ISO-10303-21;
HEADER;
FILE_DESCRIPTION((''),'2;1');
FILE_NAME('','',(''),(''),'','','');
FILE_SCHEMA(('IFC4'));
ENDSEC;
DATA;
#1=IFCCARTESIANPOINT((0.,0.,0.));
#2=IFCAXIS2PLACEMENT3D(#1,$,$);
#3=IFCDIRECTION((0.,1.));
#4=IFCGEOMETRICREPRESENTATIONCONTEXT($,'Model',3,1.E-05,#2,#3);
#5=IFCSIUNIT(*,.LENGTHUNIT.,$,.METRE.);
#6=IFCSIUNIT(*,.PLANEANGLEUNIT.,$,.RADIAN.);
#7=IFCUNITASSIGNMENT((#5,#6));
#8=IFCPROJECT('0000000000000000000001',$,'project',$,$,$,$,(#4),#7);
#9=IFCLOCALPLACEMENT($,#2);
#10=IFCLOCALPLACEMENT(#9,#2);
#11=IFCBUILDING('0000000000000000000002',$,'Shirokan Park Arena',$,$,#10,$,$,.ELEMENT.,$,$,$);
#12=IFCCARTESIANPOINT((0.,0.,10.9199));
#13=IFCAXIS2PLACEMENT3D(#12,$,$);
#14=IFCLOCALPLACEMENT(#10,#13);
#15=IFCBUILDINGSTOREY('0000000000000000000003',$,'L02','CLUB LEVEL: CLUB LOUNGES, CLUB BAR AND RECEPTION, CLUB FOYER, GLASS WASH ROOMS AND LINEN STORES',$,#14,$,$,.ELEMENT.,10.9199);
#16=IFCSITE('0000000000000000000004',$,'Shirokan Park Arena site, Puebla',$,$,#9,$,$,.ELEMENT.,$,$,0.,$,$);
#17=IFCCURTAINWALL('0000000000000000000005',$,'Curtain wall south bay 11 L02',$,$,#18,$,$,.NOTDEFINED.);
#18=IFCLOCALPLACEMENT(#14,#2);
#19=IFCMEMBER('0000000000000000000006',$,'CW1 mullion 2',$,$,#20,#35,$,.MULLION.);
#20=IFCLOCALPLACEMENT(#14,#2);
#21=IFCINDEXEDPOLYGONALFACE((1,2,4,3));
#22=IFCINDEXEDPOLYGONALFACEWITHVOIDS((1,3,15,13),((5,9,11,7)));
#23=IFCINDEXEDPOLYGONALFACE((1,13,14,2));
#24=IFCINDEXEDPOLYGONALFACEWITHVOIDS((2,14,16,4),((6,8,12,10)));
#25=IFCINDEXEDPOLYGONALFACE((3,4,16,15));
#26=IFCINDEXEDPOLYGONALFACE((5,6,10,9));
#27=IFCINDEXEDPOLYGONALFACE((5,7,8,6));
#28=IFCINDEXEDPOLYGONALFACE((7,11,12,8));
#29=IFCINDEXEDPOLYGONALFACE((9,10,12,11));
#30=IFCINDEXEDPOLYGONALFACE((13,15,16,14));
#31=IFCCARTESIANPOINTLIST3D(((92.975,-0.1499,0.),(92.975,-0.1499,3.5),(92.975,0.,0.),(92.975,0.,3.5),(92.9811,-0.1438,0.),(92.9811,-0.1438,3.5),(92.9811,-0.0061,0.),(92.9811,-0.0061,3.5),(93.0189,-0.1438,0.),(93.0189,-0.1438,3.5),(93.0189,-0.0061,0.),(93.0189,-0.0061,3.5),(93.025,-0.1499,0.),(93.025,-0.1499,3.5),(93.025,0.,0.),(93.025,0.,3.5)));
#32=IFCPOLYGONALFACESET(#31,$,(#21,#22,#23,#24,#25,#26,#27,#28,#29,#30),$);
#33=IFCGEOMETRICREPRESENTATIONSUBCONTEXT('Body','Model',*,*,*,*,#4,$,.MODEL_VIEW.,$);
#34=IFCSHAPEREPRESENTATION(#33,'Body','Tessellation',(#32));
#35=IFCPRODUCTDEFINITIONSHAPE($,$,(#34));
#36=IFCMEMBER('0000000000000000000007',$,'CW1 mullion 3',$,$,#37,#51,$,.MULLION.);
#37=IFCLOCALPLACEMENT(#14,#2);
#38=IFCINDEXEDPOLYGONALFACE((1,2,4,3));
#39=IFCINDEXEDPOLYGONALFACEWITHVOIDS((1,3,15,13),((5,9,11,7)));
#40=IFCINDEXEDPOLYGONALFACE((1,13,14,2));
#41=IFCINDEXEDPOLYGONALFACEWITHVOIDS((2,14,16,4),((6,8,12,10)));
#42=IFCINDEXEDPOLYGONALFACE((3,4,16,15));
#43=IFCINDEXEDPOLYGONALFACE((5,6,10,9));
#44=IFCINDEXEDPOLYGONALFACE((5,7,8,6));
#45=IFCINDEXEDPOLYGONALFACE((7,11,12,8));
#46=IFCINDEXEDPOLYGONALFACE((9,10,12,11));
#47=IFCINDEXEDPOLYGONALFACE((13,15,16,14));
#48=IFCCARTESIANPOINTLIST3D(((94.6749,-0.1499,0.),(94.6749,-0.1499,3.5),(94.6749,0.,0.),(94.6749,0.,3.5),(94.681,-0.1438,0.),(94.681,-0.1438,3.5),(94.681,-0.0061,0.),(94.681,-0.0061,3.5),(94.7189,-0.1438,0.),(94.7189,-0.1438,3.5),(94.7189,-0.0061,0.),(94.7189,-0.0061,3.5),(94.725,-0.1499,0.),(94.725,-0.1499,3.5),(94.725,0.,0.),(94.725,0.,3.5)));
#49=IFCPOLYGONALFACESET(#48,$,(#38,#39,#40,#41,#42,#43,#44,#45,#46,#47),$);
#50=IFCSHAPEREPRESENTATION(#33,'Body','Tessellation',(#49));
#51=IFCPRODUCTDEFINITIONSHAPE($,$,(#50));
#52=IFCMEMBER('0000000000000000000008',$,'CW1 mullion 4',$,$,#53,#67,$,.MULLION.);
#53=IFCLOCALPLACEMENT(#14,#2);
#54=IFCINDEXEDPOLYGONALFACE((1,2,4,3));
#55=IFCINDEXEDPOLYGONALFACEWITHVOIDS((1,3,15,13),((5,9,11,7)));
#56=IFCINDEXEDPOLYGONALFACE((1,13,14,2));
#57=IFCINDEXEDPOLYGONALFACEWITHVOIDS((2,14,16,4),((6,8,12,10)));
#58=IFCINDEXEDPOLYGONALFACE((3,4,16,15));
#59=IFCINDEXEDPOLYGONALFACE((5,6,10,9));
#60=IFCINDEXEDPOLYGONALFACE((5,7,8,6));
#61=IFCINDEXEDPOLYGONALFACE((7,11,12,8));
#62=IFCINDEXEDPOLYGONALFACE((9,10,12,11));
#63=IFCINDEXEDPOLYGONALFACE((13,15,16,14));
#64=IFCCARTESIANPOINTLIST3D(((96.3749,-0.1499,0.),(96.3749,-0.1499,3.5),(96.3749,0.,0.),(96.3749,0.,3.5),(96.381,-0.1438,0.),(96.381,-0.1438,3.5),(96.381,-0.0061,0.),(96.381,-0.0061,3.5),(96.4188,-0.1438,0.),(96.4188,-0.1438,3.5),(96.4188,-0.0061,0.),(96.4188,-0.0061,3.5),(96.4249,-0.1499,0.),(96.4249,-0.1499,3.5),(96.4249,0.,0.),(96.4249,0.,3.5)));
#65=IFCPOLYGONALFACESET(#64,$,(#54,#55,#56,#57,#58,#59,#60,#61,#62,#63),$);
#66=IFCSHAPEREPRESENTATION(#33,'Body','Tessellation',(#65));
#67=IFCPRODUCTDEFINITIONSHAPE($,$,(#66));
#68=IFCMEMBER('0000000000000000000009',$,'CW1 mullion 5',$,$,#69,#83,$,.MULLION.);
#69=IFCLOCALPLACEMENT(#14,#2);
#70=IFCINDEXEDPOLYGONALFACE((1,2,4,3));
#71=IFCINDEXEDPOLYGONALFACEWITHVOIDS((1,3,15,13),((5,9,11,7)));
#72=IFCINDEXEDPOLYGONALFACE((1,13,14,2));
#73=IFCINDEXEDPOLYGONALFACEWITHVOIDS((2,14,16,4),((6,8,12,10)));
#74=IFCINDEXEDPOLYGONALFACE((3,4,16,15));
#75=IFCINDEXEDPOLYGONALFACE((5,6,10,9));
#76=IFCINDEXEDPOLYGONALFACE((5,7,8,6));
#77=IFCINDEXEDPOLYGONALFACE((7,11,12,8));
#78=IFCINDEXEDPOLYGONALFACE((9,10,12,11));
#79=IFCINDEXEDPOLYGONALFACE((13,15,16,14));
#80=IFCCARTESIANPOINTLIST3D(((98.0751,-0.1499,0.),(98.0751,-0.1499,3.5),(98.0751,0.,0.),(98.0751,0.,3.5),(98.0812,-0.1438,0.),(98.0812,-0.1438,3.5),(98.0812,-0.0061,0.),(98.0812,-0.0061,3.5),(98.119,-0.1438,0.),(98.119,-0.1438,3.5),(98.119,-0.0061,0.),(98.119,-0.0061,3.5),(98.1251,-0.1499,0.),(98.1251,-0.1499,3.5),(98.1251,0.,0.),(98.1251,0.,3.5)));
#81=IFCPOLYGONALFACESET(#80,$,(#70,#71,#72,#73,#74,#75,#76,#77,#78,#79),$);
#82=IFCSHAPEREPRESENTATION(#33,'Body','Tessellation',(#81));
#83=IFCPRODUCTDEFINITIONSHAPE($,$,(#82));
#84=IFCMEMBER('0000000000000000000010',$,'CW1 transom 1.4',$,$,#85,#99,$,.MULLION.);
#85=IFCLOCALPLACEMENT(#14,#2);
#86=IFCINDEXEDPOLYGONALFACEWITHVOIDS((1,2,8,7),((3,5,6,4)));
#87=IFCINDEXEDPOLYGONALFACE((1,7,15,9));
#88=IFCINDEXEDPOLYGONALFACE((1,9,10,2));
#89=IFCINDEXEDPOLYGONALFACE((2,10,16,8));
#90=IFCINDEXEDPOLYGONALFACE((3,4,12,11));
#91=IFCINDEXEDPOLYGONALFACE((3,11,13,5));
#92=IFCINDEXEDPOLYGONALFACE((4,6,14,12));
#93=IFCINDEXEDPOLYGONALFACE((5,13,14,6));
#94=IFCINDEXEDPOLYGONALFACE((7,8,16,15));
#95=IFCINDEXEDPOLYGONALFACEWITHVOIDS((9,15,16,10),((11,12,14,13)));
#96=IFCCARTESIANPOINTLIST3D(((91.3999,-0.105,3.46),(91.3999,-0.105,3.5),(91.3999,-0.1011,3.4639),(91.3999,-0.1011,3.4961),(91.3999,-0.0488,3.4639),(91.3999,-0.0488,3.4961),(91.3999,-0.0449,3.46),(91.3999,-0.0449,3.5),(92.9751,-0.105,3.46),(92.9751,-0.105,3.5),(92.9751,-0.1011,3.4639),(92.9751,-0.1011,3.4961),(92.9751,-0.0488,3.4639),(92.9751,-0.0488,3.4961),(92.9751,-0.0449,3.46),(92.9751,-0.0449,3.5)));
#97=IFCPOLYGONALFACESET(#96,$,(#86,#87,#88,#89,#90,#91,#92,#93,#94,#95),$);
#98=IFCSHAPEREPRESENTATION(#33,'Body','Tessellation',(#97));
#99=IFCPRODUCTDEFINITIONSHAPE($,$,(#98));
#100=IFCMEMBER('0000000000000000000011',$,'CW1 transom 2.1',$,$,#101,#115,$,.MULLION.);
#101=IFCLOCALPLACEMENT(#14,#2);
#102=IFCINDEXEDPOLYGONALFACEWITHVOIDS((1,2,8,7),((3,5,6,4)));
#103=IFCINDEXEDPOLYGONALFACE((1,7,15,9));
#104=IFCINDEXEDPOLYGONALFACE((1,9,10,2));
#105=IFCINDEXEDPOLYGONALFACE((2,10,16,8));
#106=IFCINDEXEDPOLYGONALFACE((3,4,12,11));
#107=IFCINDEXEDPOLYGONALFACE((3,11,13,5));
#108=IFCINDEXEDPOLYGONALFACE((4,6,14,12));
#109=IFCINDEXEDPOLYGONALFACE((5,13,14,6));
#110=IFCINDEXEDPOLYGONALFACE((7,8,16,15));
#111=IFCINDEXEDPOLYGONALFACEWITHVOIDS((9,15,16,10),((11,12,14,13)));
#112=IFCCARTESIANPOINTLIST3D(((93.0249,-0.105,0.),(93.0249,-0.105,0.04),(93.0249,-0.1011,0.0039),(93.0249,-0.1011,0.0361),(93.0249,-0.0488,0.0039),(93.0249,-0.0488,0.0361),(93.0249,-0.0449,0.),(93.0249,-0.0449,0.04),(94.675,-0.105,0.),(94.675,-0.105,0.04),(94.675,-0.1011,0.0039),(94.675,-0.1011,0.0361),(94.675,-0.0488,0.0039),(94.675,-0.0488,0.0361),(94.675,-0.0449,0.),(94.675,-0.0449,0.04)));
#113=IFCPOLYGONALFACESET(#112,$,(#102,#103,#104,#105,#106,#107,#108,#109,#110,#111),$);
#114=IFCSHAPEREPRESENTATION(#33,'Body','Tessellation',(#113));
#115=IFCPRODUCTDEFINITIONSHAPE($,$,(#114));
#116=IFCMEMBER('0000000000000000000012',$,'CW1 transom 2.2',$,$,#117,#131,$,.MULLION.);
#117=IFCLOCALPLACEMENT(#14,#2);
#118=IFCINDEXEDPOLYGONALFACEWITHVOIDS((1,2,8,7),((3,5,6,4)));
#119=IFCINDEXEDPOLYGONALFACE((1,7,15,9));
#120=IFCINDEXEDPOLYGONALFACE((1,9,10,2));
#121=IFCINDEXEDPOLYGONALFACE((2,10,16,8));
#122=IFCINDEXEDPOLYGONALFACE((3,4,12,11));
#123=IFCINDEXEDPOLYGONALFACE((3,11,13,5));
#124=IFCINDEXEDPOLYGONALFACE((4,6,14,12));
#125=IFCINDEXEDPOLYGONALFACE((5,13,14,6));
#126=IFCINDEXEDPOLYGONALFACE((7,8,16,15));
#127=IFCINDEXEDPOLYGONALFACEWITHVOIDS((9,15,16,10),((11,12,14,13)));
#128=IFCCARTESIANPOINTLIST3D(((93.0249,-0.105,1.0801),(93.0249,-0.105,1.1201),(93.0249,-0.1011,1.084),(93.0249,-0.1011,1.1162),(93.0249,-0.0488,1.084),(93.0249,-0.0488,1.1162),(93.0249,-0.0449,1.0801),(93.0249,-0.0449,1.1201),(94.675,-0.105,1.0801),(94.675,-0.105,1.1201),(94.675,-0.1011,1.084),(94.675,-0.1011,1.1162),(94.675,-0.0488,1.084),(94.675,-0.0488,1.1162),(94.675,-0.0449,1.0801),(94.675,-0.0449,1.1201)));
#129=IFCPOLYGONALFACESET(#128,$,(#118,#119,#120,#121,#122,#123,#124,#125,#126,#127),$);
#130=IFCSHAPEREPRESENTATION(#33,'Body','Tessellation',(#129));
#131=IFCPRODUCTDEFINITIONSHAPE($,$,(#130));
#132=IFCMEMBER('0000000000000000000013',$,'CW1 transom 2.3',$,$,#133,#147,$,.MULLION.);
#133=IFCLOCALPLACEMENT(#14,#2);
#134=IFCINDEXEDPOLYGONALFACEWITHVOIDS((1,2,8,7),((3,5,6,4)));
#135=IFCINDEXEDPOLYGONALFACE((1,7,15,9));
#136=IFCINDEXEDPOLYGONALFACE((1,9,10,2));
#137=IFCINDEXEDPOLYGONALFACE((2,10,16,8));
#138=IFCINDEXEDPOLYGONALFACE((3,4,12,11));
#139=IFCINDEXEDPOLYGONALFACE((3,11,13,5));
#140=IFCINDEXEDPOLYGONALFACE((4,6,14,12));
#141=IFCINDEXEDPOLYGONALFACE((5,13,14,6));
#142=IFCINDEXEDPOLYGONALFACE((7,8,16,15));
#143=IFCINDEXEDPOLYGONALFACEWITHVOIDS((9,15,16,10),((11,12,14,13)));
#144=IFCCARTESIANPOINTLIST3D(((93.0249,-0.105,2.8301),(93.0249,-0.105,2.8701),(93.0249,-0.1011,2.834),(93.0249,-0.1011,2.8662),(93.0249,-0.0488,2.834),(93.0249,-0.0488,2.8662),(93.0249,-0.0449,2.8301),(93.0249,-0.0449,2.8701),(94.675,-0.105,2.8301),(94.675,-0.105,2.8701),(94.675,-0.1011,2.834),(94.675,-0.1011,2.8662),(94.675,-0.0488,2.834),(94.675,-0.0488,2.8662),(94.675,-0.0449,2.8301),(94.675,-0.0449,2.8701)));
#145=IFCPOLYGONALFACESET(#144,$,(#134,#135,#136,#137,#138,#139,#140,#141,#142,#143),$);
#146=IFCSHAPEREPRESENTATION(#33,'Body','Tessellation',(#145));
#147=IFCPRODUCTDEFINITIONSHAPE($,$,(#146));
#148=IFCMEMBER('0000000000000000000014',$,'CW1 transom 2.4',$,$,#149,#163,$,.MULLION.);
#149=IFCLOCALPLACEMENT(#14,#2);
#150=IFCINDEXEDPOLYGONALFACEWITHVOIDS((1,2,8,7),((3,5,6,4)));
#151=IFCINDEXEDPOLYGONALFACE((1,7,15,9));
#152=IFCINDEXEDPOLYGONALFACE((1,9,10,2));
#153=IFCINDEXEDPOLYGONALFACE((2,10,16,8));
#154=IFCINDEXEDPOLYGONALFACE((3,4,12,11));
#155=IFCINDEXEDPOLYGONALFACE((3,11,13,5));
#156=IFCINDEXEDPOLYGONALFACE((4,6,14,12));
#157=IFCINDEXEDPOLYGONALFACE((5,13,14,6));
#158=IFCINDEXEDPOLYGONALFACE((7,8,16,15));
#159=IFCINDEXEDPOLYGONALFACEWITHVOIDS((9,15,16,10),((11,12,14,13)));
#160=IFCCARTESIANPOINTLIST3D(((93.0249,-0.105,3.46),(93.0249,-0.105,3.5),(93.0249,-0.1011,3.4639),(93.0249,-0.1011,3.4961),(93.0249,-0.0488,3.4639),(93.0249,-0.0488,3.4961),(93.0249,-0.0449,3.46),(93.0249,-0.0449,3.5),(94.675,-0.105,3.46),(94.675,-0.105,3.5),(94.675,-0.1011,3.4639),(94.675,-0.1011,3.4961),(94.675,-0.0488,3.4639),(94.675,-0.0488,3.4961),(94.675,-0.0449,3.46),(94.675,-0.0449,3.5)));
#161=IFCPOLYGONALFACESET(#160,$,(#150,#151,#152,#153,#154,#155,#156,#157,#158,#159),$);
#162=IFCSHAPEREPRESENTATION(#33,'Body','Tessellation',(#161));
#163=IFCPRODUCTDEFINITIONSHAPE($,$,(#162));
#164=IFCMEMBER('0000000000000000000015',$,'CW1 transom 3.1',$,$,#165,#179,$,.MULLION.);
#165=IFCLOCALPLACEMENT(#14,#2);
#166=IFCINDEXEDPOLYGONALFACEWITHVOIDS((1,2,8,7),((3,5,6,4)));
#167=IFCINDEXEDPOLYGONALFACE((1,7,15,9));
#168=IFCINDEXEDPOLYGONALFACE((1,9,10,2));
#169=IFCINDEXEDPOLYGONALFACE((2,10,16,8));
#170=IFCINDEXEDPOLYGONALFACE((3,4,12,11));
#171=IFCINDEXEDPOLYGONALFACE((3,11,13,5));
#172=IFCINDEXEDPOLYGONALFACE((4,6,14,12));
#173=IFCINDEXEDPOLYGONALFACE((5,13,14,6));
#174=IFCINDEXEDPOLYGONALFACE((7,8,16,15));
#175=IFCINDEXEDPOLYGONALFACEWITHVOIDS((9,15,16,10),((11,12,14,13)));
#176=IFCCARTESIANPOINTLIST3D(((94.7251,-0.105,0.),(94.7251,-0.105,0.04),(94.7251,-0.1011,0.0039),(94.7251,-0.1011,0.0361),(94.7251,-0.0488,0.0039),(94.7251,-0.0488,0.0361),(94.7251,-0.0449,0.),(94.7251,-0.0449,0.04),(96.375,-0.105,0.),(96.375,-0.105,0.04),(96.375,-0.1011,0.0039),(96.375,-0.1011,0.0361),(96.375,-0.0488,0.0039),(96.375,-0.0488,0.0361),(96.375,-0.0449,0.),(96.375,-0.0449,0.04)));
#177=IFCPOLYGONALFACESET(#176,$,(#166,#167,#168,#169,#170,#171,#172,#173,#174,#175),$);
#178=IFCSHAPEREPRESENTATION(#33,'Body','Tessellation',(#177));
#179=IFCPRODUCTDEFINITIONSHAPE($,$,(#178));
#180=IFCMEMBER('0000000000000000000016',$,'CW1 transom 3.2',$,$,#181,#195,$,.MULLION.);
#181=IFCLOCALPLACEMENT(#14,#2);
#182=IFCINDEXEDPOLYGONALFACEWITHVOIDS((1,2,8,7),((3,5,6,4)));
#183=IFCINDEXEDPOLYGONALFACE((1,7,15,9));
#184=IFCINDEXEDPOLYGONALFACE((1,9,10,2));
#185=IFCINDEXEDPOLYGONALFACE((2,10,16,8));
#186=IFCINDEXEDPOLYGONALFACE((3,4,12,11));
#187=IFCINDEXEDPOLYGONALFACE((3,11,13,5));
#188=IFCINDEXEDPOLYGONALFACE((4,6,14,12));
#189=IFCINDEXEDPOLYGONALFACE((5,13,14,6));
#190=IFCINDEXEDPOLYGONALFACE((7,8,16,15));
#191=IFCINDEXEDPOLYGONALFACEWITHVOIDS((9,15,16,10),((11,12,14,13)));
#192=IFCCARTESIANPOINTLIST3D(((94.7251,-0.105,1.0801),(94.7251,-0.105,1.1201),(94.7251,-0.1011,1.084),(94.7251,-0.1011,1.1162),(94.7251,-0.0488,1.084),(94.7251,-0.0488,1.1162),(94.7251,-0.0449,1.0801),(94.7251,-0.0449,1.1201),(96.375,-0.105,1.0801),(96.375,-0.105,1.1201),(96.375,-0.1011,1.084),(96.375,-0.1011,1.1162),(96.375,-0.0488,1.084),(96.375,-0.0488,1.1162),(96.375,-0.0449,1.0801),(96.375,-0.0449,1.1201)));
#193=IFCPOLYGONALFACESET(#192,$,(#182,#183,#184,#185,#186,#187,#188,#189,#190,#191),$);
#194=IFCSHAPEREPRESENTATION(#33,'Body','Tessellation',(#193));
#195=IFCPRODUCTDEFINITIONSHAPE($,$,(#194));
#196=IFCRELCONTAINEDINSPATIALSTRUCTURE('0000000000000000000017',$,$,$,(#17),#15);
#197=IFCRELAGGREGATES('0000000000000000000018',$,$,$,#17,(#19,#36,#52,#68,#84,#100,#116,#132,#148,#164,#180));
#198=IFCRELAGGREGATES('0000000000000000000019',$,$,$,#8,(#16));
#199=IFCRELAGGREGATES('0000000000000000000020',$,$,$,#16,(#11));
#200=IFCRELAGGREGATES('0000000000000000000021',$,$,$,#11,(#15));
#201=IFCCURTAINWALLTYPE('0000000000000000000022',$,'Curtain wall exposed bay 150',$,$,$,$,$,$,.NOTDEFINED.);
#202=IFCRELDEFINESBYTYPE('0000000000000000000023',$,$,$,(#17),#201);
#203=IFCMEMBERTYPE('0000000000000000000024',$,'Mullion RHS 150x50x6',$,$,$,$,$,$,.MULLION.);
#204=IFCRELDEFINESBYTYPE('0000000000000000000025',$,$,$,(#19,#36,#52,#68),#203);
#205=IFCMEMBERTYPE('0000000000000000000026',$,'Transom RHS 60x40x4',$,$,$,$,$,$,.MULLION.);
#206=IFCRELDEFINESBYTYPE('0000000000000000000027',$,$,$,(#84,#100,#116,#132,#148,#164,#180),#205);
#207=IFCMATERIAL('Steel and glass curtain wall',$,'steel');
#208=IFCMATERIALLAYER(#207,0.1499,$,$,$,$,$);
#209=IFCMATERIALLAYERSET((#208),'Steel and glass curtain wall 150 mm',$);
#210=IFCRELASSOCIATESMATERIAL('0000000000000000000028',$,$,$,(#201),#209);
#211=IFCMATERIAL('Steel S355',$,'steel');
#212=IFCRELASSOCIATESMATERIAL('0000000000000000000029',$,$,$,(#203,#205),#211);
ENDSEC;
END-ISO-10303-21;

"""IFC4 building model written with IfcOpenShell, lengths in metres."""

from ifc_helpers import new_model, si_unit, direction, frame, origin, origin_2d, place, context, subcontext, project, spatial, hollow_rectangle, extrude, material, layer, layer_set, material_profile, profile_set, type_object, element, aggregate, save


model = new_model("IFC4")

# Units and contexts
model_context = context("Model", 3, precision=1e-05, world=origin(), true_north=direction((0.0, 1.0)))
body_context = subcontext(model_context, "Body", "Model", "MODEL_VIEW")
ifc_project = project(units=[si_unit("LENGTHUNIT", "METRE"), si_unit("PLANEANGLEUNIT", "RADIAN")], contexts=[model_context])

# Site, building, storey
site_placement = place(None, origin())
site = spatial("IfcSite", under=ifc_project, at=site_placement, Name="Shirokan Park Arena site, Puebla", CompositionType="ELEMENT", RefElevation=0.0)
building_placement = place(site_placement, origin())
building = spatial("IfcBuilding", under=site, at=building_placement, Name="Shirokan Park Arena", CompositionType="ELEMENT")
storey_placement = place(building_placement, frame((0.0, 0.0, 10.9199)))
storey = spatial("IfcBuildingStorey", under=building, at=storey_placement, Name="L02", Description="CLUB LEVEL: CLUB LOUNGES, CLUB BAR AND RECEPTION, CLUB FOYER, GLASS WASH ROOMS AND LINEN STORES", CompositionType="ELEMENT", Elevation=10.9199)

# Curtain wall, members
ifc_material_1 = material(Name="Steel and glass curtain wall", Category="steel")
ifc_layer_1 = layer(ifc_material_1, 0.1499)
ifc_layer_set_1 = layer_set([ifc_layer_1], Name="Steel and glass curtain wall 150 mm")
curtain_wall_type = type_object("IfcCurtainWallType", Name="Curtain wall exposed bay 150", PredefinedType="NOTDEFINED", material=ifc_layer_set_1)
curtain_wall_placement = place(storey_placement, origin())
curtain_wall = element("IfcCurtainWall", 1, at=curtain_wall_placement, inside=storey, type_object=curtain_wall_type, Name="Curtain wall south bay 11 L02", PredefinedType="NOTDEFINED")
ifc_material_2 = material(Name="Steel S355", Category="steel")
ifc_material_profile_1 = material_profile(ifc_material_2, hollow_rectangle(XDim=0.1499, YDim=0.05, WallThickness=0.0061, at=origin_2d()), Name="RHS 150x50x6")
ifc_profile_set_1 = profile_set([ifc_material_profile_1], Name="Steel S355")
member_type_1 = type_object("IfcMemberType", Name="Mullion RHS 150x50x6", PredefinedType="MULLION", material=ifc_profile_set_1)
member_1_placement = place(storey_placement, frame((93.0, -0.075, 0.0), z_axis=(0.0, 0.0, 1.0), x_axis=(0.0, 1.0, 0.0)))
member_1 = element("IfcMember", 2, at=member_1_placement, type_object=member_type_1, Name="CW1 mullion 2", PredefinedType="MULLION", context=body_context, shape_type="SweptSolid", body=[
    extrude(hollow_rectangle(XDim=0.1499, YDim=0.05, WallThickness=0.0061, at=origin_2d()), origin(), (0.0, 0.0, 1.0), 3.5),
])
member_2_placement = place(storey_placement, frame((94.7, -0.075, 0.0), z_axis=(0.0, 0.0, 1.0), x_axis=(0.0, 1.0, 0.0)))
member_2 = element("IfcMember", 3, at=member_2_placement, type_object=member_type_1, Name="CW1 mullion 3", PredefinedType="MULLION", context=body_context, shape_type="SweptSolid", body=[
    extrude(hollow_rectangle(XDim=0.1499, YDim=0.05, WallThickness=0.0061, at=origin_2d()), origin(), (0.0, 0.0, 1.0), 3.5),
])
member_3_placement = place(storey_placement, frame((96.3999, -0.075, 0.0), z_axis=(0.0, 0.0, 1.0), x_axis=(0.0, 1.0, 0.0)))
member_3 = element("IfcMember", 4, at=member_3_placement, type_object=member_type_1, Name="CW1 mullion 4", PredefinedType="MULLION", context=body_context, shape_type="SweptSolid", body=[
    extrude(hollow_rectangle(XDim=0.1499, YDim=0.05, WallThickness=0.0061, at=origin_2d()), origin(), (0.0, 0.0, 1.0), 3.5),
])
member_4_placement = place(storey_placement, frame((98.1001, -0.075, 0.0), z_axis=(0.0, 0.0, 1.0), x_axis=(0.0, 1.0, 0.0)))
member_4 = element("IfcMember", 5, at=member_4_placement, type_object=member_type_1, Name="CW1 mullion 5", PredefinedType="MULLION", context=body_context, shape_type="SweptSolid", body=[
    extrude(hollow_rectangle(XDim=0.1499, YDim=0.05, WallThickness=0.0061, at=origin_2d()), origin(), (0.0, 0.0, 1.0), 3.5),
])
ifc_material_profile_2 = material_profile(ifc_material_2, hollow_rectangle(XDim=0.0601, YDim=0.04, WallThickness=0.0039, at=origin_2d()), Name="RHS 60x40x4")
ifc_profile_set_2 = profile_set([ifc_material_profile_2], Name="Steel S355")
member_type_2 = type_object("IfcMemberType", Name="Transom RHS 60x40x4", PredefinedType="MULLION", material=ifc_profile_set_2)
member_5_placement = place(storey_placement, frame((91.3999, -0.075, 3.48), z_axis=(1.0, 0.0, 0.0), x_axis=(0.0, 1.0, 0.0)))
member_5 = element("IfcMember", 6, at=member_5_placement, type_object=member_type_2, Name="CW1 transom 1.4", PredefinedType="MULLION", context=body_context, shape_type="SweptSolid", body=[
    extrude(hollow_rectangle(XDim=0.0601, YDim=0.04, WallThickness=0.0039, at=origin_2d()), origin(), (0.0, 0.0, 1.0), 1.5752),
])
member_6_placement = place(storey_placement, frame((93.0249, -0.075, 0.02), z_axis=(1.0, 0.0, 0.0), x_axis=(0.0, 1.0, 0.0)))
member_6 = element("IfcMember", 7, at=member_6_placement, type_object=member_type_2, Name="CW1 transom 2.1", PredefinedType="MULLION", context=body_context, shape_type="SweptSolid", body=[
    extrude(hollow_rectangle(XDim=0.0601, YDim=0.04, WallThickness=0.0039, at=origin_2d()), origin(), (0.0, 0.0, 1.0), 1.6501),
])
member_7_placement = place(storey_placement, frame((93.0249, -0.075, 1.1001), z_axis=(1.0, 0.0, 0.0), x_axis=(0.0, 1.0, 0.0)))
member_7 = element("IfcMember", 8, at=member_7_placement, type_object=member_type_2, Name="CW1 transom 2.2", PredefinedType="MULLION", context=body_context, shape_type="SweptSolid", body=[
    extrude(hollow_rectangle(XDim=0.0601, YDim=0.04, WallThickness=0.0039, at=origin_2d()), origin(), (0.0, 0.0, 1.0), 1.6501),
])
member_8_placement = place(storey_placement, frame((93.0249, -0.075, 2.8501), z_axis=(1.0, 0.0, 0.0), x_axis=(0.0, 1.0, 0.0)))
member_8 = element("IfcMember", 9, at=member_8_placement, type_object=member_type_2, Name="CW1 transom 2.3", PredefinedType="MULLION", context=body_context, shape_type="SweptSolid", body=[
    extrude(hollow_rectangle(XDim=0.0601, YDim=0.04, WallThickness=0.0039, at=origin_2d()), origin(), (0.0, 0.0, 1.0), 1.6501),
])
member_9_placement = place(storey_placement, frame((93.0249, -0.075, 3.48), z_axis=(1.0, 0.0, 0.0), x_axis=(0.0, 1.0, 0.0)))
member_9 = element("IfcMember", 10, at=member_9_placement, type_object=member_type_2, Name="CW1 transom 2.4", PredefinedType="MULLION", context=body_context, shape_type="SweptSolid", body=[
    extrude(hollow_rectangle(XDim=0.0601, YDim=0.04, WallThickness=0.0039, at=origin_2d()), origin(), (0.0, 0.0, 1.0), 1.6501),
])
member_10_placement = place(storey_placement, frame((94.7251, -0.075, 0.02), z_axis=(1.0, 0.0, 0.0), x_axis=(0.0, 1.0, 0.0)))
member_10 = element("IfcMember", 11, at=member_10_placement, type_object=member_type_2, Name="CW1 transom 3.1", PredefinedType="MULLION", context=body_context, shape_type="SweptSolid", body=[
    extrude(hollow_rectangle(XDim=0.0601, YDim=0.04, WallThickness=0.0039, at=origin_2d()), origin(), (0.0, 0.0, 1.0), 1.6499),
])
member_11_placement = place(storey_placement, frame((94.7251, -0.075, 1.1001), z_axis=(1.0, 0.0, 0.0), x_axis=(0.0, 1.0, 0.0)))
member_11 = element("IfcMember", 12, at=member_11_placement, type_object=member_type_2, Name="CW1 transom 3.2", PredefinedType="MULLION", context=body_context, shape_type="SweptSolid", body=[
    extrude(hollow_rectangle(XDim=0.0601, YDim=0.04, WallThickness=0.0039, at=origin_2d()), origin(), (0.0, 0.0, 1.0), 1.6499),
])
aggregate(curtain_wall, [member_1, member_2, member_3, member_4, member_5, member_6, member_7, member_8, member_9, member_10, member_11])

save(model, "model.ifc")
